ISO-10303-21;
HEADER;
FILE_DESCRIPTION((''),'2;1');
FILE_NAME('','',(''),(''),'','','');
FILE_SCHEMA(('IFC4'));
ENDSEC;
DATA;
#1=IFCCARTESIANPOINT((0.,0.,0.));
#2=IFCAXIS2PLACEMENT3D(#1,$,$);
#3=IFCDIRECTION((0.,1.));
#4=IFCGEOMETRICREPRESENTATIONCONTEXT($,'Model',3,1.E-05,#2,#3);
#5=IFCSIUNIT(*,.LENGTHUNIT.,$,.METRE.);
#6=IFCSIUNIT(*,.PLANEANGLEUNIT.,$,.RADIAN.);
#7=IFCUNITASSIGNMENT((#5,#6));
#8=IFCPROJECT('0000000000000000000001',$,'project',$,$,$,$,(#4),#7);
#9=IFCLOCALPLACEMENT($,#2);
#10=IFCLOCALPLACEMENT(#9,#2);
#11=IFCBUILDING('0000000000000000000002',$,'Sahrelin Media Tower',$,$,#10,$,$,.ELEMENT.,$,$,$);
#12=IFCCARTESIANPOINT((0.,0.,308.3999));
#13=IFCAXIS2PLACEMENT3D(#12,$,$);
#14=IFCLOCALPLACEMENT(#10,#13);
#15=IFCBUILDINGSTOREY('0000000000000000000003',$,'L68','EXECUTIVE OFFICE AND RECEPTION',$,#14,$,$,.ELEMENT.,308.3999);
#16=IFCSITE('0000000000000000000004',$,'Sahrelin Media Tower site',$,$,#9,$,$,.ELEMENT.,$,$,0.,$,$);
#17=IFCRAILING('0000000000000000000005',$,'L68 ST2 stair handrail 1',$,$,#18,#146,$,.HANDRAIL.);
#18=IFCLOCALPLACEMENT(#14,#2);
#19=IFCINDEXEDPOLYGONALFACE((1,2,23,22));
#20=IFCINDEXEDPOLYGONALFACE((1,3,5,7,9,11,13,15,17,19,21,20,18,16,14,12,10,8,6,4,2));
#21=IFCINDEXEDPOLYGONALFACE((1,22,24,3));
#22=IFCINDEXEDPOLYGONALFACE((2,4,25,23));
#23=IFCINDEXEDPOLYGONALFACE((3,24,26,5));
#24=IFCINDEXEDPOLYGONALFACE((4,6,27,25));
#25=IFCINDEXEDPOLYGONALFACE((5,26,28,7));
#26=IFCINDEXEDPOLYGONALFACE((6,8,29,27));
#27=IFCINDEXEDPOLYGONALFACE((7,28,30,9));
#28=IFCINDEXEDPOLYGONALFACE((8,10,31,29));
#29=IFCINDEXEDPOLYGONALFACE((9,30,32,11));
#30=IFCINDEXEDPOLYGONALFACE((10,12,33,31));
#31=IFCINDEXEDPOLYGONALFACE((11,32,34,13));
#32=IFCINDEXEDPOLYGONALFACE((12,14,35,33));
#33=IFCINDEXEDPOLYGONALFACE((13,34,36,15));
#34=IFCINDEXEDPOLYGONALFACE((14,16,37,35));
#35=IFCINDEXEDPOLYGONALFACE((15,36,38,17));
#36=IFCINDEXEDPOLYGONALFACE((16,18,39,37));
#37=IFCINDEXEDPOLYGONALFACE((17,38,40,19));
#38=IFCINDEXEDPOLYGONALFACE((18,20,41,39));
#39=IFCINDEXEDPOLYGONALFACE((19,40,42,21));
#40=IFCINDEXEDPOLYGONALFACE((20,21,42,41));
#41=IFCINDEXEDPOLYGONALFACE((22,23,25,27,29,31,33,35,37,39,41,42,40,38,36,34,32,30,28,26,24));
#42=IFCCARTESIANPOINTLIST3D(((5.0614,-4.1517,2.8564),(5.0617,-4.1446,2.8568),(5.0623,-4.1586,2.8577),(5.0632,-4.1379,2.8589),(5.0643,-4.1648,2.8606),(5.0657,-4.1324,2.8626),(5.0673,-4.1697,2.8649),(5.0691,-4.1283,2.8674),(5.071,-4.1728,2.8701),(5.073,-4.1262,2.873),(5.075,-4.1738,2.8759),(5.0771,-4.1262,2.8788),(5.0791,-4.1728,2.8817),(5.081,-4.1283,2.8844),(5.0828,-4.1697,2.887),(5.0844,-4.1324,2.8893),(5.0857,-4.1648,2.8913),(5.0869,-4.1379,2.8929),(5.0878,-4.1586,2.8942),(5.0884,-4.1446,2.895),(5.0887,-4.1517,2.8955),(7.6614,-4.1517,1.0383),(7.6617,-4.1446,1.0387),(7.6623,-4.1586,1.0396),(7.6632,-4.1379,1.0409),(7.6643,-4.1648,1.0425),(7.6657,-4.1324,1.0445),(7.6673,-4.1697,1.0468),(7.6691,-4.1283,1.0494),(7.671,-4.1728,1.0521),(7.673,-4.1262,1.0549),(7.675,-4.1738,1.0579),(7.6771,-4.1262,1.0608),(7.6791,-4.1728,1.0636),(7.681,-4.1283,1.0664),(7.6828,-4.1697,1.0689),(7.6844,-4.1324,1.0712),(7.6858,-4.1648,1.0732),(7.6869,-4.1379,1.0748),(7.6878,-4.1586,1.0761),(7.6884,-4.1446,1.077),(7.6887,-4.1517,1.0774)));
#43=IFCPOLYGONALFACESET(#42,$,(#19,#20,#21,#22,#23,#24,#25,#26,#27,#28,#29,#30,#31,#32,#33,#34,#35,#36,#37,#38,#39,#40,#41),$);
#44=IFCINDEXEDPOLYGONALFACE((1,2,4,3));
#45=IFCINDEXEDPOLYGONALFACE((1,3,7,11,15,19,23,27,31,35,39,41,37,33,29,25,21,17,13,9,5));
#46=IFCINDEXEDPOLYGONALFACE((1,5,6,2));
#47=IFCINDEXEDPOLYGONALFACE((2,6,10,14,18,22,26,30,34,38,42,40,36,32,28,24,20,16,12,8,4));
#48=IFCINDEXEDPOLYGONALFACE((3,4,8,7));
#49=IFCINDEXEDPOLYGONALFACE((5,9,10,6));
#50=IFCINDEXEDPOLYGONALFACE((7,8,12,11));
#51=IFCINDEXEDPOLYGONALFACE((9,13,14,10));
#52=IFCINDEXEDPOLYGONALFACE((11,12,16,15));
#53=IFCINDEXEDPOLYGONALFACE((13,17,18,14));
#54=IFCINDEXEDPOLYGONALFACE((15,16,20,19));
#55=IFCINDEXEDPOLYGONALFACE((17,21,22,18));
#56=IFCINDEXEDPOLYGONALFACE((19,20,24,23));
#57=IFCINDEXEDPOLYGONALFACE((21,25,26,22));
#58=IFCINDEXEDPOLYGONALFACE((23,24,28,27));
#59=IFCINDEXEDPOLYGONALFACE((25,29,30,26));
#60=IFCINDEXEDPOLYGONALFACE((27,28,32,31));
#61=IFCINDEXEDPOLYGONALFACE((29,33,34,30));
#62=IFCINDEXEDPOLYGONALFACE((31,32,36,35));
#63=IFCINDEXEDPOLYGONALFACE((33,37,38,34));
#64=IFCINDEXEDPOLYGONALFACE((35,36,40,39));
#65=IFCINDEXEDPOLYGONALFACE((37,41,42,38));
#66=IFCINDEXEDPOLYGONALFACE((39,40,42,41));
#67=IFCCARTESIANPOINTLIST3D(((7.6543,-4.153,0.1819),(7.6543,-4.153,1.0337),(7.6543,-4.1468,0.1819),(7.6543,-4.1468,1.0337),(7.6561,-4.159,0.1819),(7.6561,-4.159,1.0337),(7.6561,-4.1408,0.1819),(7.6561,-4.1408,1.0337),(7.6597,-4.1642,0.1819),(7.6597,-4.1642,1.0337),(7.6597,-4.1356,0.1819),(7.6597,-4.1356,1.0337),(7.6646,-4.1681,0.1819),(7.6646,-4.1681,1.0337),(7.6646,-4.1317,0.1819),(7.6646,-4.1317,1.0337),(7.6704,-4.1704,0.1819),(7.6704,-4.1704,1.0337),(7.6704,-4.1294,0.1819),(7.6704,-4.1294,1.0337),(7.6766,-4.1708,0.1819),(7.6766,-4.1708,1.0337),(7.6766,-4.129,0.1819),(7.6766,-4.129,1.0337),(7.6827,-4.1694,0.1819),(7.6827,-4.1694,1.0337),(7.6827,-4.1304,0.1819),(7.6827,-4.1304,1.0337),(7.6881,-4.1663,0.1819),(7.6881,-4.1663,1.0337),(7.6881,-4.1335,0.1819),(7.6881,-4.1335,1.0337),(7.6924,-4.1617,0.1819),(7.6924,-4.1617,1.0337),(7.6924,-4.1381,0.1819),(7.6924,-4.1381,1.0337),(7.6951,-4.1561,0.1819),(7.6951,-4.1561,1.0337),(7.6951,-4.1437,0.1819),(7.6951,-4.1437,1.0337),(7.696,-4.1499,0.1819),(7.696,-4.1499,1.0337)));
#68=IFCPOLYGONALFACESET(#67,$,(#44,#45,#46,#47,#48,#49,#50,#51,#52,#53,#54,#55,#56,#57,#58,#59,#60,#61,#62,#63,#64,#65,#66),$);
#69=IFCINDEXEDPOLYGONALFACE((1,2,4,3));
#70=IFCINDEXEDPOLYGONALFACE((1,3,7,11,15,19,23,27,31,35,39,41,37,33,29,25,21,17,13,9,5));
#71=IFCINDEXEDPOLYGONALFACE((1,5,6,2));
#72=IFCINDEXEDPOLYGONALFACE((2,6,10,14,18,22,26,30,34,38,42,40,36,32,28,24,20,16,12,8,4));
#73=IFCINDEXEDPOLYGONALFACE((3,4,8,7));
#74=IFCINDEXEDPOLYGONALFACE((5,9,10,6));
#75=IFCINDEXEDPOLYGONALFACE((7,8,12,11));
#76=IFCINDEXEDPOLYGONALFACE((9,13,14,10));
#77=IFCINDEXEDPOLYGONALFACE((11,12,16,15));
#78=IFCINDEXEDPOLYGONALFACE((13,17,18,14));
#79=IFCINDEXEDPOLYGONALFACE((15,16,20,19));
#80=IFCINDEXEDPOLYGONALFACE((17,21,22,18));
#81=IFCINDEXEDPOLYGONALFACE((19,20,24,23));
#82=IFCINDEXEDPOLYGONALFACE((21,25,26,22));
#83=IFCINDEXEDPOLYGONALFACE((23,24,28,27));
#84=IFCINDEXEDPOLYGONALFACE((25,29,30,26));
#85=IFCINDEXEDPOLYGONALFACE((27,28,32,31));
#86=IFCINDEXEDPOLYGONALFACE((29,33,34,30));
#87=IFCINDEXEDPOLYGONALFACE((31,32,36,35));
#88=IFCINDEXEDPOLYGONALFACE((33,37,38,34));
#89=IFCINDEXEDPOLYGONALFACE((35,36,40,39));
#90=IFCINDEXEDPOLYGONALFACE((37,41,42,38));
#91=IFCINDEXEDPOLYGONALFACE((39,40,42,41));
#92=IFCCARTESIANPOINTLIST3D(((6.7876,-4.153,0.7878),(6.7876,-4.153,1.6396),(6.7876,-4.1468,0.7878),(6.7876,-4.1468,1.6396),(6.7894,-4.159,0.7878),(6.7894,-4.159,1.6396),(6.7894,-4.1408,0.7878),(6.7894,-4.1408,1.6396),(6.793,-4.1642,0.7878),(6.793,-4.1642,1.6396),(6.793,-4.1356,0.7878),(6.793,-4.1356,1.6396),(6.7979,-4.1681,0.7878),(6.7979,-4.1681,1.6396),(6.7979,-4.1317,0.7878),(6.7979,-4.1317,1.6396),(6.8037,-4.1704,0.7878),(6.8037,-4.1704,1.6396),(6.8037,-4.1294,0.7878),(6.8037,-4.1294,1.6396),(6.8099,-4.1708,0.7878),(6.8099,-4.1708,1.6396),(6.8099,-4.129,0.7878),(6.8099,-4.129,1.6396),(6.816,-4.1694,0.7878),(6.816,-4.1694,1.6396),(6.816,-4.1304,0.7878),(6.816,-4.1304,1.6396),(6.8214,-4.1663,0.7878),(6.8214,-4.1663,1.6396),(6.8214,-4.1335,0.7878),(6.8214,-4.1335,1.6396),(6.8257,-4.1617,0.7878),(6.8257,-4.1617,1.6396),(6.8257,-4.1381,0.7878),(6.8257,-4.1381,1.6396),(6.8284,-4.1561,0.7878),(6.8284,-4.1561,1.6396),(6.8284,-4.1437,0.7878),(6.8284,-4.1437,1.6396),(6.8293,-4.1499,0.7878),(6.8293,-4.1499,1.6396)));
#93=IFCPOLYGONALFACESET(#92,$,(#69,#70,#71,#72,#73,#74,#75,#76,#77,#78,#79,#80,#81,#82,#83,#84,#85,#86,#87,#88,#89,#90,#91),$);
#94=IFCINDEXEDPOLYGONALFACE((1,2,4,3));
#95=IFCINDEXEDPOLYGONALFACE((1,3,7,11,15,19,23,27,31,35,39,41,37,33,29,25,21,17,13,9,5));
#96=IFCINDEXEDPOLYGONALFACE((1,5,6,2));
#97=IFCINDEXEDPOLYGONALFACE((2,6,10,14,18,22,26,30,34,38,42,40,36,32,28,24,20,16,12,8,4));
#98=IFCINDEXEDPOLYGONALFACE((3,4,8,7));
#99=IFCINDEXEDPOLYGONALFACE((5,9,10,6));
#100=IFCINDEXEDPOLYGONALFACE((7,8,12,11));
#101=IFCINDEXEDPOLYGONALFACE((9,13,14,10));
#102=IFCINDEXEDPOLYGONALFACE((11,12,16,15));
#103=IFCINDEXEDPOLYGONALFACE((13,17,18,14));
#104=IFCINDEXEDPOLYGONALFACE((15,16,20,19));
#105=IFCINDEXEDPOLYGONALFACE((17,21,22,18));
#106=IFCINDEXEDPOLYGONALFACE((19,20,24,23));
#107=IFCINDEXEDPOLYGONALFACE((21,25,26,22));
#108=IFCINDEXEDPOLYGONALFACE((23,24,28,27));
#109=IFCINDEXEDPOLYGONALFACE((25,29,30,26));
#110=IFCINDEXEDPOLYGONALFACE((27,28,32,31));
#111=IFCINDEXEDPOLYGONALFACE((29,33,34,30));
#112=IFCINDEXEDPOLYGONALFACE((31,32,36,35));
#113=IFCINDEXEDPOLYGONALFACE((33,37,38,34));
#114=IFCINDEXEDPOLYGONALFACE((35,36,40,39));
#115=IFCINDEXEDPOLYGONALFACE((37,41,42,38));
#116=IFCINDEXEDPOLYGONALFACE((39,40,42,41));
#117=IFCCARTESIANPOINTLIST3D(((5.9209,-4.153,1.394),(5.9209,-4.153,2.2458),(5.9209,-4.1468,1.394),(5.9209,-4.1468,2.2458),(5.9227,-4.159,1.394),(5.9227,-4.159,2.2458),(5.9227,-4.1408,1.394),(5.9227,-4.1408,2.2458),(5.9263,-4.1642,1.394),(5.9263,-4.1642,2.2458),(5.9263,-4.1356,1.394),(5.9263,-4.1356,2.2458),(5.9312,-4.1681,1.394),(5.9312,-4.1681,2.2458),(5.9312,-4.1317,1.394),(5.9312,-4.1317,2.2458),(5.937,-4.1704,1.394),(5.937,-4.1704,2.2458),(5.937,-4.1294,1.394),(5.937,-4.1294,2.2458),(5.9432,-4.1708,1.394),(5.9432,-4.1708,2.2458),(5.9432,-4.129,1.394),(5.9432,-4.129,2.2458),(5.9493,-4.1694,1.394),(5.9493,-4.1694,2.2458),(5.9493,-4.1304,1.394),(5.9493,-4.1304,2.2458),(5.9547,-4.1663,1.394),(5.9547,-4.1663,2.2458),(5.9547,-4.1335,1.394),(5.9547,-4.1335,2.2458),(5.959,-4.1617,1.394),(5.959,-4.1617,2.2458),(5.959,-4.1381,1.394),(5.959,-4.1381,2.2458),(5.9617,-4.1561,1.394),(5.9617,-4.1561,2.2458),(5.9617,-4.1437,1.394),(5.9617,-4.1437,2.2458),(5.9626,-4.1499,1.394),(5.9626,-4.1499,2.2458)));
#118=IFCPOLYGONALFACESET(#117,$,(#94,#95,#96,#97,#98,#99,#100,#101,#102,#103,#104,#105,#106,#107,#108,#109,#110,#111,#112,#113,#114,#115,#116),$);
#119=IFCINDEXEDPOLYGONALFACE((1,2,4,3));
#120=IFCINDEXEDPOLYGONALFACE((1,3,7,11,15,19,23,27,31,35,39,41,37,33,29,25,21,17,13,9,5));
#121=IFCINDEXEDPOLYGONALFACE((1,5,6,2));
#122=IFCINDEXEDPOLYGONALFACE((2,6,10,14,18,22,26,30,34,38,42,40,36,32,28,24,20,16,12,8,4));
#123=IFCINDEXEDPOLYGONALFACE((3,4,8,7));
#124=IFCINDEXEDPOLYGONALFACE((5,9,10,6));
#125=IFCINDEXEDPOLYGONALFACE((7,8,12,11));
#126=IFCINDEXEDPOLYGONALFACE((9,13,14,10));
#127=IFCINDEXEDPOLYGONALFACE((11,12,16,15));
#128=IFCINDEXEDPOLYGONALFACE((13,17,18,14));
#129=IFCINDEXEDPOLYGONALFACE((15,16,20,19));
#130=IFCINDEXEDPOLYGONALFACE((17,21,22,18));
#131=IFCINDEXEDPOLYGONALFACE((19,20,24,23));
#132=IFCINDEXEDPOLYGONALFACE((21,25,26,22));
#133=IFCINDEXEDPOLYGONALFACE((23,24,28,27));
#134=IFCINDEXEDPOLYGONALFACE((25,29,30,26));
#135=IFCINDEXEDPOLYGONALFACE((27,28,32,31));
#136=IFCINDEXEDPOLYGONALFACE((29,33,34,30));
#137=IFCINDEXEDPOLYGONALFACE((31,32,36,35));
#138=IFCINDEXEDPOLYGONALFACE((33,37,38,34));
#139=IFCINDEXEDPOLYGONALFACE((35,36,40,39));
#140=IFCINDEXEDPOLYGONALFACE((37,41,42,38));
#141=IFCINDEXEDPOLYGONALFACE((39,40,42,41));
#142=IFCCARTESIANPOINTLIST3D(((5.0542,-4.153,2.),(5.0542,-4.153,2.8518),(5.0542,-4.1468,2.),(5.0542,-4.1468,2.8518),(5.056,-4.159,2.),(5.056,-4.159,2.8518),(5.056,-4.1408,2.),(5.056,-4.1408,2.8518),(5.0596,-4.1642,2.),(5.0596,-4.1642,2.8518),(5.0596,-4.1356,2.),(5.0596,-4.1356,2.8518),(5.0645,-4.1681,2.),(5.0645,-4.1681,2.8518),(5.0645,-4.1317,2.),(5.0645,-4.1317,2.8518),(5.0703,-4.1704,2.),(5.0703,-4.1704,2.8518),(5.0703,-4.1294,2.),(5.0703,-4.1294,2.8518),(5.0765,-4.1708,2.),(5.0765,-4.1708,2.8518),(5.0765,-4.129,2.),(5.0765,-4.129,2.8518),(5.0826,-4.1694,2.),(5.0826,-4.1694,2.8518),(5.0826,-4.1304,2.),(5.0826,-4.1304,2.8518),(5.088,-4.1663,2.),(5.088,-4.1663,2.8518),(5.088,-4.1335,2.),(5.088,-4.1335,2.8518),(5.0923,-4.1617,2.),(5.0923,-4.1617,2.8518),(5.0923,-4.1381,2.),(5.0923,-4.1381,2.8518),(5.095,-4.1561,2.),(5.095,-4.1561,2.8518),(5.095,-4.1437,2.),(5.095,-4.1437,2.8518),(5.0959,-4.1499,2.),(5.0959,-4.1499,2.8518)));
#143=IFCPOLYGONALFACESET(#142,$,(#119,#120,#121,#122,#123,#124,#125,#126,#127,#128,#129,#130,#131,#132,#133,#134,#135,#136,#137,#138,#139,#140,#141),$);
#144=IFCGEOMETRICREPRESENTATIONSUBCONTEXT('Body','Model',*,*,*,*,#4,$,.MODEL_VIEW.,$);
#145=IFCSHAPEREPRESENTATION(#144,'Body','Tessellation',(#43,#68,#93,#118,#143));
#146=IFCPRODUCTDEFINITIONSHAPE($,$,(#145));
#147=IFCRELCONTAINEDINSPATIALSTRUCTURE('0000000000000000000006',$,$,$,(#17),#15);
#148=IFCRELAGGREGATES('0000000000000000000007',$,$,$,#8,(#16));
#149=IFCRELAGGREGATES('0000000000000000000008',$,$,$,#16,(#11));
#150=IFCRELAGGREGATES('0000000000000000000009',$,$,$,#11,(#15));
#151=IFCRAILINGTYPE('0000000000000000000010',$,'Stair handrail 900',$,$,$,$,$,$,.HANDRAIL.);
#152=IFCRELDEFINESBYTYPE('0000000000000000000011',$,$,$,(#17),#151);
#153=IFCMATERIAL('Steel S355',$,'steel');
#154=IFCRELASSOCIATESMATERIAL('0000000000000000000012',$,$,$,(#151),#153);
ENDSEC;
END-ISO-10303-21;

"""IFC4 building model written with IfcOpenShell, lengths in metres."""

from ifc_helpers import new_model, si_unit, direction, frame, origin, origin_2d, place, context, subcontext, project, spatial, circle, extrude, material, type_object, element, save


model = new_model("IFC4")

# Units and contexts
model_context = context("Model", 3, precision=1e-05, world=origin(), true_north=direction((0.0, 1.0)))
body_context = subcontext(model_context, "Body", "Model", "MODEL_VIEW")
ifc_project = project(units=[si_unit("LENGTHUNIT", "METRE"), si_unit("PLANEANGLEUNIT", "RADIAN")], contexts=[model_context])

# Site, building, storey
site_placement = place(None, origin())
site = spatial("IfcSite", under=ifc_project, at=site_placement, Name="Sahrelin Media Tower site", CompositionType="ELEMENT", RefElevation=0.0)
building_placement = place(site_placement, origin())
building = spatial("IfcBuilding", under=site, at=building_placement, Name="Sahrelin Media Tower", CompositionType="ELEMENT")
storey_placement = place(building_placement, frame((0.0, 0.0, 308.3999)))
storey = spatial("IfcBuildingStorey", under=building, at=storey_placement, Name="L68", Description="EXECUTIVE OFFICE AND RECEPTION", CompositionType="ELEMENT", Elevation=308.3999)

# Railing
ifc_material_1 = material(Name="Steel S355", Category="steel")
railing_type_1 = type_object("IfcRailingType", Name="Stair handrail 900", PredefinedType="HANDRAIL", material=ifc_material_1)
railing_1_placement = place(storey_placement, frame((7.675, -4.1499, 0.1819)))
element("IfcRailing", 1, at=railing_1_placement, inside=storey, type_object=railing_type_1, Name="L68 ST2 stair handrail 1", PredefinedType="HANDRAIL", context=body_context, shape_type="SweptSolid", body=[
    extrude(circle(Radius=0.0239, at=origin_2d()), frame((0.0, 0.0, 0.876), z_axis=(-0.819521, 0.0, 0.573049), x_axis=(0.0, -1.0, 0.0)), (0.0, 0.0, 1.0), 3.1726),
    extrude(circle(Radius=0.021, at=origin_2d()), origin(), (0.0, 0.0, 1.0), 0.8518),
    extrude(circle(Radius=0.021, at=origin_2d()), frame((-0.8667, 0.0, 0.606)), (0.0, 0.0, 1.0), 0.8518),
    extrude(circle(Radius=0.021, at=origin_2d()), frame((-1.7334, 0.0, 1.2122)), (0.0, 0.0, 1.0), 0.8518),
    extrude(circle(Radius=0.021, at=origin_2d()), frame((-2.6001, 0.0, 1.8181)), (0.0, 0.0, 1.0), 0.8518),
])

save(model, "model.ifc")
